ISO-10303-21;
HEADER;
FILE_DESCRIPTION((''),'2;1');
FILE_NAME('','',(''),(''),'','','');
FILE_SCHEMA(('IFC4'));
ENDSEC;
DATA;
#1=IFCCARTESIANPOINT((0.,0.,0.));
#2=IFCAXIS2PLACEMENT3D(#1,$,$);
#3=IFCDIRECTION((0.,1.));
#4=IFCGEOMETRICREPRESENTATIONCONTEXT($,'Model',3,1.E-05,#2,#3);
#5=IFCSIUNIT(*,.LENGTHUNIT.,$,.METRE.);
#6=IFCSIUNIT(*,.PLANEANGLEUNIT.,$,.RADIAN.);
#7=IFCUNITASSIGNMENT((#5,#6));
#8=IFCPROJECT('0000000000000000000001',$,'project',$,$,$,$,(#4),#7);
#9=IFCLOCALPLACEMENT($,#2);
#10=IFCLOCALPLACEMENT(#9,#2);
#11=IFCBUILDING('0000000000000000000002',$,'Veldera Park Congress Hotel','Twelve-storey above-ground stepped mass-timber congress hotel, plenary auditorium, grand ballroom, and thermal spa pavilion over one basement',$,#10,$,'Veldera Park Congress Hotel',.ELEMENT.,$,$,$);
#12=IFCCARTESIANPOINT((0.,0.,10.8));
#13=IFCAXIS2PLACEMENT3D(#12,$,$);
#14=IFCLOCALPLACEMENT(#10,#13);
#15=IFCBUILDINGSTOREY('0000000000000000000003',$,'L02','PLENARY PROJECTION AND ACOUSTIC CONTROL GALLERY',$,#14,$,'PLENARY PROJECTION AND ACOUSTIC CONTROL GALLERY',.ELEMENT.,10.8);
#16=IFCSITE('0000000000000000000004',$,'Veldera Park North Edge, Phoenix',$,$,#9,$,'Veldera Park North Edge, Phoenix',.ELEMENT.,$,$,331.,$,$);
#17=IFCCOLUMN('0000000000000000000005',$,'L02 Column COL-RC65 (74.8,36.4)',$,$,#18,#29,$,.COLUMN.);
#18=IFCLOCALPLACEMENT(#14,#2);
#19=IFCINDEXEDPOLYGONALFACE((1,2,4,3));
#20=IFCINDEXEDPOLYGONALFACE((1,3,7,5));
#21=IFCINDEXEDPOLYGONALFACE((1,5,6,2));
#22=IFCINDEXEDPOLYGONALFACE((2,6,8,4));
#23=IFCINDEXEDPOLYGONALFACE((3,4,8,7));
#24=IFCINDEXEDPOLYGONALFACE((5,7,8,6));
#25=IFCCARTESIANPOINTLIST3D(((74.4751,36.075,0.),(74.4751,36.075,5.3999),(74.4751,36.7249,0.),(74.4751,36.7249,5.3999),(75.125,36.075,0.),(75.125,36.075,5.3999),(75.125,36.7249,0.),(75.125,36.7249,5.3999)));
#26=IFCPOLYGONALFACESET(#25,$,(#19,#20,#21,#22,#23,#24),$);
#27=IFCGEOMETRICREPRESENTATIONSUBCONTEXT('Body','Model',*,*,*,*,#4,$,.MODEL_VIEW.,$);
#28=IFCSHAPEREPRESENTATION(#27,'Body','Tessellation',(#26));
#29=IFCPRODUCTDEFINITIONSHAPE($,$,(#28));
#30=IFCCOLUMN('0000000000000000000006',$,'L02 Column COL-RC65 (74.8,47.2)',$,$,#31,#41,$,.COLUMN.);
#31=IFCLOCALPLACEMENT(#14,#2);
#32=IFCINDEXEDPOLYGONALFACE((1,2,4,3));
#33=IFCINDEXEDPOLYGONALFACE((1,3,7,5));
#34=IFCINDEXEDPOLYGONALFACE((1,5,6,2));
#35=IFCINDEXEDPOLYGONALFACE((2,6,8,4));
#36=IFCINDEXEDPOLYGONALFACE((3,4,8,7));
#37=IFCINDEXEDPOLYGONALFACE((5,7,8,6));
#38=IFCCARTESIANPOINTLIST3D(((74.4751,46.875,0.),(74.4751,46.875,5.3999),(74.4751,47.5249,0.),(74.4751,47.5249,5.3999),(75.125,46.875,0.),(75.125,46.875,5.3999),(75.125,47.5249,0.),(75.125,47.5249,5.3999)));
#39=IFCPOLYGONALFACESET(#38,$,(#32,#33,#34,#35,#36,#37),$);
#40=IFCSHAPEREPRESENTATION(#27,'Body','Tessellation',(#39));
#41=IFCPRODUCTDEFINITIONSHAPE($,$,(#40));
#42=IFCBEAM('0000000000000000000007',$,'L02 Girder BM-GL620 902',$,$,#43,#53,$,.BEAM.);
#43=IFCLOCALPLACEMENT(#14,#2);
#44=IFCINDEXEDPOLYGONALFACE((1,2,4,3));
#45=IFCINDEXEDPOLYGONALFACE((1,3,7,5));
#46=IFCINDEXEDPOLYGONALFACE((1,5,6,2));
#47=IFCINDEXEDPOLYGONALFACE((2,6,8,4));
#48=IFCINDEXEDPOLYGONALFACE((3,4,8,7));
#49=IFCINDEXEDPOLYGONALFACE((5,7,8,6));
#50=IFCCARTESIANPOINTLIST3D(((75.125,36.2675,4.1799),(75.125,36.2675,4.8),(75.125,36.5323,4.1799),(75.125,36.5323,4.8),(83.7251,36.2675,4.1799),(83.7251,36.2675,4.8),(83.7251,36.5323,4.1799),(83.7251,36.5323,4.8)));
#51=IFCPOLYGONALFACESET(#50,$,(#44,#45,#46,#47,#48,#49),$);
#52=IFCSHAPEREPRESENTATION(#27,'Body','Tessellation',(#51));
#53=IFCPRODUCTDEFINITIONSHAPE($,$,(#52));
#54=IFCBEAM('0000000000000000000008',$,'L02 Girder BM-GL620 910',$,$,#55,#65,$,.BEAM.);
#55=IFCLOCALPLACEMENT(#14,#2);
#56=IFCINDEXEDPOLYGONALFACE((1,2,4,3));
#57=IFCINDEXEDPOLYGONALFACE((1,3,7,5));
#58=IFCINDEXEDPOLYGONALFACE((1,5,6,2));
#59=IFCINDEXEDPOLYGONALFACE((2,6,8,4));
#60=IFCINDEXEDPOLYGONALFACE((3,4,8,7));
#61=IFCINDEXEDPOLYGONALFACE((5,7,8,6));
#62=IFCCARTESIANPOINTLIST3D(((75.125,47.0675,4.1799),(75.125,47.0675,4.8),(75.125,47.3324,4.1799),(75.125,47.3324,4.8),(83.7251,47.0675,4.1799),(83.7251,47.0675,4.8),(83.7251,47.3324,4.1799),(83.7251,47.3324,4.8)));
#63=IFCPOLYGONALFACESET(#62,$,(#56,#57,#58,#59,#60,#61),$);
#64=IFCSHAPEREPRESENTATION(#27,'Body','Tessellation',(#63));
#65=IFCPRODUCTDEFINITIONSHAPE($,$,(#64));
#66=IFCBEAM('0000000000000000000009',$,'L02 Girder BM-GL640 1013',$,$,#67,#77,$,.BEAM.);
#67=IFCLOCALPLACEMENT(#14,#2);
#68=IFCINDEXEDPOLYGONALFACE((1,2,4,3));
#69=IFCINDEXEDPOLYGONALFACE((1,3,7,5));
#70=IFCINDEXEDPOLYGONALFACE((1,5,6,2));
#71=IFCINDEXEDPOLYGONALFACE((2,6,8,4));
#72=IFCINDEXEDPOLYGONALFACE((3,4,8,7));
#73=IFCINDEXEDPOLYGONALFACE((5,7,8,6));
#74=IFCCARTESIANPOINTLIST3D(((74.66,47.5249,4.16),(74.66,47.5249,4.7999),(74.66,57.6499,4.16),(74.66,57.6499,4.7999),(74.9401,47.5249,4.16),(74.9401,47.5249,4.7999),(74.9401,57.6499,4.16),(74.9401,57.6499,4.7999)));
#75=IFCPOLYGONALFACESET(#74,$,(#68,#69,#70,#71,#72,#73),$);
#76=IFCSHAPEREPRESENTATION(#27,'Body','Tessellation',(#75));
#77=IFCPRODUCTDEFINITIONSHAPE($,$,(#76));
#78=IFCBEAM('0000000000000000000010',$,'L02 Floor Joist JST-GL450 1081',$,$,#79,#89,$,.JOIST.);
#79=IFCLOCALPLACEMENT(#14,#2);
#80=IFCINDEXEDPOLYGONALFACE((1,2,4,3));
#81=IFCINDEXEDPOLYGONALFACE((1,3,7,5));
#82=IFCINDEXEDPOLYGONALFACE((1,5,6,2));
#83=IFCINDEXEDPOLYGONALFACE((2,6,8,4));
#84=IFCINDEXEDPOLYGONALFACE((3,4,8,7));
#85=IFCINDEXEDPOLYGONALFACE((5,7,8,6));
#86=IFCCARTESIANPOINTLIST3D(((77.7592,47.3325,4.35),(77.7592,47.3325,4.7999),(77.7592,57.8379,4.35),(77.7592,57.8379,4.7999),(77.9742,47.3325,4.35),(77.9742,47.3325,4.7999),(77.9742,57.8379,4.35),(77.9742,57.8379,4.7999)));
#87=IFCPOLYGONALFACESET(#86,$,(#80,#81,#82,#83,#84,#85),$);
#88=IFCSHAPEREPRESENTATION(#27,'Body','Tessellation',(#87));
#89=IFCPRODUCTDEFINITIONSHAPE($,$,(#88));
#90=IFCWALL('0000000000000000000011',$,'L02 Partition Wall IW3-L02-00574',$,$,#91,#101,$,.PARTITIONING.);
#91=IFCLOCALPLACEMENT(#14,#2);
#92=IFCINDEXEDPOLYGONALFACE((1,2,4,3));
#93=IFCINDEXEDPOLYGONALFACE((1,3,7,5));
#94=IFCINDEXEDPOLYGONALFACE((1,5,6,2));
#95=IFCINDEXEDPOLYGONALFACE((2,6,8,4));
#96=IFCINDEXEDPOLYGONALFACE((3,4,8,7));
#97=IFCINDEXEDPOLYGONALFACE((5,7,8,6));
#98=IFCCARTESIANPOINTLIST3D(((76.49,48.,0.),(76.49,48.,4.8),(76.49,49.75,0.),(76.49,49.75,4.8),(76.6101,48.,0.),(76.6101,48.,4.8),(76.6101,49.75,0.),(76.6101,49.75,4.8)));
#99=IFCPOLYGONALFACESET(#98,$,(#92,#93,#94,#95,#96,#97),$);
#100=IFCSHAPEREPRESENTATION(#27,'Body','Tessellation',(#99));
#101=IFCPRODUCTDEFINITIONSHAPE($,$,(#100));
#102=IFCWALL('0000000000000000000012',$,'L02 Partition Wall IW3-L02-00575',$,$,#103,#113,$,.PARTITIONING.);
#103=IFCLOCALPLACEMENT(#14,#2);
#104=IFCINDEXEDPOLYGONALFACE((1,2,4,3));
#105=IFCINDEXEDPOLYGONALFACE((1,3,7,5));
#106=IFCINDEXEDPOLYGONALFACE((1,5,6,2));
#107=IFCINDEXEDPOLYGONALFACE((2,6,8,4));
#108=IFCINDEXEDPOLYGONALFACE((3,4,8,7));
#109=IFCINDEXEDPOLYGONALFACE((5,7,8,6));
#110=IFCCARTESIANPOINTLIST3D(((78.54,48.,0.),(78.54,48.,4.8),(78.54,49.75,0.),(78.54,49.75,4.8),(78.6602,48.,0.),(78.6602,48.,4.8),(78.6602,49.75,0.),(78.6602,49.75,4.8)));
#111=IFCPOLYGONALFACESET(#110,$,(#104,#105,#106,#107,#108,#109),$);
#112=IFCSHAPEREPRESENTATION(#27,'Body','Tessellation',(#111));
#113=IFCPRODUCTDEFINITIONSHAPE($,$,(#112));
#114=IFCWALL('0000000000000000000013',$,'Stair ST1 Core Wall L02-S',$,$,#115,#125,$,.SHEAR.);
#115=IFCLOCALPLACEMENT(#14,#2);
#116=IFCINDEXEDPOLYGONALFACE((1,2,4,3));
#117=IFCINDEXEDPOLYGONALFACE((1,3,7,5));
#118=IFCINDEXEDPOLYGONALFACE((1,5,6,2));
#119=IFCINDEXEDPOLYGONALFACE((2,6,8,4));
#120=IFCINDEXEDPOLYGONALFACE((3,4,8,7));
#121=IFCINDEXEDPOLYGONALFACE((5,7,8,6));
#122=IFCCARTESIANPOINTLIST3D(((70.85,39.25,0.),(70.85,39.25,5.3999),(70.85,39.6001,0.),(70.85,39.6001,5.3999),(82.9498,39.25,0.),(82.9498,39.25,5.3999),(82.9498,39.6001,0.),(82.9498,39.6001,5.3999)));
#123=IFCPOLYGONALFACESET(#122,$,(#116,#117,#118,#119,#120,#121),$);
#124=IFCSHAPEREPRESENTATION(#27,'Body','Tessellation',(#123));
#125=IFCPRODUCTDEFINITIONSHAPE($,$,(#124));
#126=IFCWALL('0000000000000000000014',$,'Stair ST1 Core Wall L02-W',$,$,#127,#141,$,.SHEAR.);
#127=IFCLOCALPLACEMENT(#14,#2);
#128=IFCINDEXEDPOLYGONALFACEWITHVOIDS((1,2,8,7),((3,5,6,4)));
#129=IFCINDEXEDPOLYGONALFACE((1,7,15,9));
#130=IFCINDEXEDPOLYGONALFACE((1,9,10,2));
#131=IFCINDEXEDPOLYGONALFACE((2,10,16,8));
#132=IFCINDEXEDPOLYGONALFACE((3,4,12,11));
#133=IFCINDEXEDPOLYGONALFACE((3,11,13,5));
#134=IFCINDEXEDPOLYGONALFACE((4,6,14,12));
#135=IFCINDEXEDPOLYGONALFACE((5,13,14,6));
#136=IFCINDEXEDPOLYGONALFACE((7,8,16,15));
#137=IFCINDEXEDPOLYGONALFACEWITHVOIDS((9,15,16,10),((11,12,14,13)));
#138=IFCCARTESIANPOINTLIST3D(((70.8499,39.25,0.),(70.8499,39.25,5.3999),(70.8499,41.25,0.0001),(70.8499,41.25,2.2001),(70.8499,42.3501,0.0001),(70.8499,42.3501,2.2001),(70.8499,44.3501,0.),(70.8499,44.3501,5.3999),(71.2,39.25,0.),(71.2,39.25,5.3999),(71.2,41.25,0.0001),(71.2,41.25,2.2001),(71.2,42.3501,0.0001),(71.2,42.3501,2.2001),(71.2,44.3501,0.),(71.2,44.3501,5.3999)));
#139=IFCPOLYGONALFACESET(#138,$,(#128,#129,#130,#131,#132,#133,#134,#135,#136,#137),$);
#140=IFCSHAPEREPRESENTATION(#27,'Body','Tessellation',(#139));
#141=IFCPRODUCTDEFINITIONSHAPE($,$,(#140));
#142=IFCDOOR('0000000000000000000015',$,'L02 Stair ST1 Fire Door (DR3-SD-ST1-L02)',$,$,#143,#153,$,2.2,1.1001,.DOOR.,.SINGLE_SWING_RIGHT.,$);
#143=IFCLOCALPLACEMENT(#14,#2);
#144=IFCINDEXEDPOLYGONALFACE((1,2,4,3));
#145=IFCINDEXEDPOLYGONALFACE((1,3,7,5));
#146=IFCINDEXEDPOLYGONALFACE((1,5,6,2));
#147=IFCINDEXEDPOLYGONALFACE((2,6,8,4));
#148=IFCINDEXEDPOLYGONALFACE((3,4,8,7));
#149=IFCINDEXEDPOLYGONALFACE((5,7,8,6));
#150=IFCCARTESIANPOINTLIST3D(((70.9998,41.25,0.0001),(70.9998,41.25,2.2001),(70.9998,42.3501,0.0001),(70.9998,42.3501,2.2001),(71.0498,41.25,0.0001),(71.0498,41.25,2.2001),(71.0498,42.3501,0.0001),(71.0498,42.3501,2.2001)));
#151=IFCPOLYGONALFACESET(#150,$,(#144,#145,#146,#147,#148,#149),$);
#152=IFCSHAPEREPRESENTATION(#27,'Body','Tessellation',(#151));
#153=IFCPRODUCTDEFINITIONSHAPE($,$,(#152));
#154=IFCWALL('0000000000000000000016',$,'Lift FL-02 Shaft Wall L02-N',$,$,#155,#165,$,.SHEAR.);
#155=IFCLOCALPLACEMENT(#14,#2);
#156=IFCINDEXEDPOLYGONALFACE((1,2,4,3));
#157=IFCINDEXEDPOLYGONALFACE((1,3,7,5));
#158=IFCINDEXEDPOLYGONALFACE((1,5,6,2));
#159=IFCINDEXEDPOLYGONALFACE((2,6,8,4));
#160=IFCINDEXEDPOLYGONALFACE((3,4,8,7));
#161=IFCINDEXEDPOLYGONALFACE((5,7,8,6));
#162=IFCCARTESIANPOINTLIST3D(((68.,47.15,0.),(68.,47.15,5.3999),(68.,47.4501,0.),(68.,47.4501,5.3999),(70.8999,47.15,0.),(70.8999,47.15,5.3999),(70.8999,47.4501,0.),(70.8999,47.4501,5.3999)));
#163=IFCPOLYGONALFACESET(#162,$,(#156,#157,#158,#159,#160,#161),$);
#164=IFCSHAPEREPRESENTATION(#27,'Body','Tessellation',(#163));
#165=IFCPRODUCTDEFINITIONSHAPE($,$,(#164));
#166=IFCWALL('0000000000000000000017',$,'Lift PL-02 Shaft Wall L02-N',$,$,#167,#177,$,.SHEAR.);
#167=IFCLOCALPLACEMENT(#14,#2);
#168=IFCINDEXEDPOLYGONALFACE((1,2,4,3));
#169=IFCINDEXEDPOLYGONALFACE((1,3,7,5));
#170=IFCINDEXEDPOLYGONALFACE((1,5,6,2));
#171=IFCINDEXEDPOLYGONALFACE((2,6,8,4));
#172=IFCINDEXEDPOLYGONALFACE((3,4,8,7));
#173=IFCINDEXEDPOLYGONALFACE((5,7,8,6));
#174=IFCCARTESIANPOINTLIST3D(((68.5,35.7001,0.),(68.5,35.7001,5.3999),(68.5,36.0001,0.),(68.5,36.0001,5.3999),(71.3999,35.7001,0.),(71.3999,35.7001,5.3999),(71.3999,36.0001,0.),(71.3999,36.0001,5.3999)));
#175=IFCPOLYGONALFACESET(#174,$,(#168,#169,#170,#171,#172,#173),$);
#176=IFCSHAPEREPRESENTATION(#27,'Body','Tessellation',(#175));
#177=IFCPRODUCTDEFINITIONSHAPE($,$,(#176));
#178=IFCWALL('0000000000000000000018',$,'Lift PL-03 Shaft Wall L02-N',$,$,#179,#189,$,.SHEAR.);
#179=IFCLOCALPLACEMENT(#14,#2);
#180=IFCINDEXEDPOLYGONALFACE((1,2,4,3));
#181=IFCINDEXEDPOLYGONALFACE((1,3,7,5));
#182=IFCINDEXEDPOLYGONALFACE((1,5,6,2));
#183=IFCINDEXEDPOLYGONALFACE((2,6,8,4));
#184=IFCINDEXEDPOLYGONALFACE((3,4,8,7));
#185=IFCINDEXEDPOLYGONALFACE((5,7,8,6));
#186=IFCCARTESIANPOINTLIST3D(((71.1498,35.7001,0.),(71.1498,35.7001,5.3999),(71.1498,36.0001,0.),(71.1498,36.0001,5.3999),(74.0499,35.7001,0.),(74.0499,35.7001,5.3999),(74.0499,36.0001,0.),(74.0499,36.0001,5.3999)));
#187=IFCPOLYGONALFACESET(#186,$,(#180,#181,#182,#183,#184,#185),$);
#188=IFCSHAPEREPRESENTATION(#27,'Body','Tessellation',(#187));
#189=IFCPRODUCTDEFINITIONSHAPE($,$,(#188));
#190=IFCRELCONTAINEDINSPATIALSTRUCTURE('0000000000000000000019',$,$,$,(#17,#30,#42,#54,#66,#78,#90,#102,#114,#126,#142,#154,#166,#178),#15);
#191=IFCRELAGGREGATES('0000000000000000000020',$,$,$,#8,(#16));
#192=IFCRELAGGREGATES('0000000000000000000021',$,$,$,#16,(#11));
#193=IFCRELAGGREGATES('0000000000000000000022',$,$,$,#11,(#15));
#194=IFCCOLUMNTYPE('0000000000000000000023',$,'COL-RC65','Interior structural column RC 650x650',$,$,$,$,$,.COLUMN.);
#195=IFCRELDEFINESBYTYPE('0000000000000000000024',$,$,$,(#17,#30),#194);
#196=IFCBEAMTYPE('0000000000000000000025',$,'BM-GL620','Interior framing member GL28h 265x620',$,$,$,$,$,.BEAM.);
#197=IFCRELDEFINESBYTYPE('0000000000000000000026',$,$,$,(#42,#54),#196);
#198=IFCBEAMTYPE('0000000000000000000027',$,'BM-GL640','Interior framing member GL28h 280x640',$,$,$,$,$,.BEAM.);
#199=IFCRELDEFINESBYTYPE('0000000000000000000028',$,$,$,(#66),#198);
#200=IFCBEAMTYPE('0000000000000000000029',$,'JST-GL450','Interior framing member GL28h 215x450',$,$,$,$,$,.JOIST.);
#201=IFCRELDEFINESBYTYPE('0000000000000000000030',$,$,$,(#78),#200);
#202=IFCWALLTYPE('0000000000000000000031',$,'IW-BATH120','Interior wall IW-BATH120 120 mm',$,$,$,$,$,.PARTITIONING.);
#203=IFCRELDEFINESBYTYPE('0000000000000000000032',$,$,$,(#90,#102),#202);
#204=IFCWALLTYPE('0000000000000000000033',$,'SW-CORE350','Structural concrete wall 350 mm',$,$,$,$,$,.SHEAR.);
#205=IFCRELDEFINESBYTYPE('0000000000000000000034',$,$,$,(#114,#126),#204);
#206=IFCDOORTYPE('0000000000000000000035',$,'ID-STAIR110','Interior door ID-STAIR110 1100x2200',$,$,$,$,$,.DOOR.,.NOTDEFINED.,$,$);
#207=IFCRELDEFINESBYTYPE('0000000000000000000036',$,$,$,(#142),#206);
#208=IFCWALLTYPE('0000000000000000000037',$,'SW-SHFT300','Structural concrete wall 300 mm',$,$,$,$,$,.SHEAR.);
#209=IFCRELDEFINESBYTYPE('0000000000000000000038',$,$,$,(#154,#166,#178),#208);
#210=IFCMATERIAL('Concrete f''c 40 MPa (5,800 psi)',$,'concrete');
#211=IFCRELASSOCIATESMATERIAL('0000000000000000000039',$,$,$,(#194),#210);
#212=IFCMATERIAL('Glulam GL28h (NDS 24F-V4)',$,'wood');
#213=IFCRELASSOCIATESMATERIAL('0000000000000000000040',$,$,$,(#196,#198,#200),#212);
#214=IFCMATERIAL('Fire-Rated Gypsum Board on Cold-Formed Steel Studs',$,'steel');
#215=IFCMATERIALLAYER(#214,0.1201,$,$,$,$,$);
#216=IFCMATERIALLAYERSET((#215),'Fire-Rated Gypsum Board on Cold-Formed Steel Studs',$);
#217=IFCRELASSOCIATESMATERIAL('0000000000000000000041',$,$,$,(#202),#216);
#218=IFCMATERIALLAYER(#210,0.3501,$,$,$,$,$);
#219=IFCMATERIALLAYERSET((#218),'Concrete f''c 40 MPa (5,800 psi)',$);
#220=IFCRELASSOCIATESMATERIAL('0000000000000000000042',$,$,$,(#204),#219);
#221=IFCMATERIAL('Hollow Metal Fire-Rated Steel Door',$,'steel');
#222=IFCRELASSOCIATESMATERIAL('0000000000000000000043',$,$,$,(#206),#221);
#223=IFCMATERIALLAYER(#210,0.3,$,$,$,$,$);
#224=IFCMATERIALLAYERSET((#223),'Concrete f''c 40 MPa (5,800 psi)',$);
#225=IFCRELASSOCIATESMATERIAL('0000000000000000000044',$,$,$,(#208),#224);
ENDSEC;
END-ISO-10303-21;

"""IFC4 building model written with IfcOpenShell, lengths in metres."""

from ifc_helpers import new_model, si_unit, direction, frame, frame_2d, origin, origin_2d, place, context, subcontext, project, spatial, rectangle, extrude, material, layer, layer_set, material_profile, profile_set, type_object, element, fill, save


model = new_model("IFC4")

# Units and contexts
model_context = context("Model", 3, precision=1e-05, world=origin(), true_north=direction((0.0, 1.0)))
body_context = subcontext(model_context, "Body", "Model", "MODEL_VIEW")
ifc_project = project(units=[si_unit("LENGTHUNIT", "METRE"), si_unit("PLANEANGLEUNIT", "RADIAN")], contexts=[model_context])

# Site, building, storey
site_placement = place(None, origin())
site = spatial("IfcSite", under=ifc_project, at=site_placement, Name="Veldera Park North Edge, Phoenix", LongName="Veldera Park North Edge, Phoenix", CompositionType="ELEMENT", RefElevation=331.0)
building_placement = place(site_placement, origin())
building = spatial("IfcBuilding", under=site, at=building_placement, Name="Veldera Park Congress Hotel", Description="Twelve-storey above-ground stepped mass-timber congress hotel, plenary auditorium, grand ballroom, and thermal spa pavilion over one basement", LongName="Veldera Park Congress Hotel", CompositionType="ELEMENT")
storey_placement = place(building_placement, frame((0.0, 0.0, 10.8)))
storey = spatial("IfcBuildingStorey", under=building, at=storey_placement, Name="L02", Description="PLENARY PROJECTION AND ACOUSTIC CONTROL GALLERY", LongName="PLENARY PROJECTION AND ACOUSTIC CONTROL GALLERY", CompositionType="ELEMENT", Elevation=10.8)

# Columns
ifc_material_1 = material(Name="Concrete f'c 40 MPa (5,800 psi)", Category="concrete")
ifc_material_profile_1 = material_profile(ifc_material_1, rectangle(XDim=0.6499, YDim=0.6499, at=origin_2d()), Name="RC 650x650")
ifc_profile_set_1 = profile_set([ifc_material_profile_1], Name="Concrete f'c 40 MPa (5,800 psi)")
column_type = type_object("IfcColumnType", Name="COL-RC65", Description="Interior structural column RC 650x650", PredefinedType="COLUMN", material=ifc_profile_set_1)
for number, where, z_axis, x_axis, name in (
    (1, (74.8, 36.3999, 0.0), (0.0, 0.0, 1.0), (1.0, 0.0, 0.0), "L02 Column COL-RC65 (74.8,36.4)"),
    (2, (74.8, 47.2, 0.0), (0.0, 0.0, 1.0), (1.0, 0.0, 0.0), "L02 Column COL-RC65 (74.8,47.2)"),
):
    element("IfcColumn", number, at=place(storey_placement, frame(where, z_axis=z_axis, x_axis=x_axis)), inside=storey, type_object=column_type, Name=name, PredefinedType="COLUMN", context=body_context, shape_type="SweptSolid", body=[
        extrude(rectangle(XDim=0.6499, YDim=0.6499, at=origin_2d()), origin(), (0.0, 0.0, 1.0), 5.3999),
    ])

# Beams
ifc_material_2 = material(Name="Glulam GL28h (NDS 24F-V4)", Category="wood")
ifc_material_profile_2 = material_profile(ifc_material_2, rectangle(XDim=0.2649, YDim=0.6201, at=origin_2d()), Name="GL28h 265x620")
ifc_profile_set_2 = profile_set([ifc_material_profile_2], Name="Glulam GL28h (NDS 24F-V4)")
beam_type_1 = type_object("IfcBeamType", Name="BM-GL620", Description="Interior framing member GL28h 265x620", PredefinedType="BEAM", material=ifc_profile_set_2)
for number, where, z_axis, x_axis, name in (
    (3, (75.125, 36.3999, 4.49), (1.0, 0.0, 0.0), (0.0, 1.0, 0.0), "L02 Girder BM-GL620 902"),
    (4, (75.125, 47.2, 4.49), (1.0, 0.0, 0.0), (0.0, 1.0, 0.0), "L02 Girder BM-GL620 910"),
):
    element("IfcBeam", number, at=place(storey_placement, frame(where, z_axis=z_axis, x_axis=x_axis)), inside=storey, type_object=beam_type_1, Name=name, PredefinedType="BEAM", context=body_context, shape_type="SweptSolid", body=[
        extrude(rectangle(XDim=0.2649, YDim=0.6201, at=origin_2d()), origin(), (0.0, 0.0, 1.0), 8.6001),
    ])
ifc_material_profile_3 = material_profile(ifc_material_2, rectangle(XDim=0.28, YDim=0.6399, at=origin_2d()), Name="GL28h 280x640")
ifc_profile_set_3 = profile_set([ifc_material_profile_3], Name="Glulam GL28h (NDS 24F-V4)")
beam_type_2 = type_object("IfcBeamType", Name="BM-GL640", Description="Interior framing member GL28h 280x640", PredefinedType="BEAM", material=ifc_profile_set_3)
beam_1_placement = place(storey_placement, frame((74.8, 47.5249, 4.48), z_axis=(0.0, 1.0, 0.0), x_axis=(-1.0, 0.0, 0.0)))
element("IfcBeam", 5, at=beam_1_placement, inside=storey, type_object=beam_type_2, Name="L02 Girder BM-GL640 1013", PredefinedType="BEAM", context=body_context, shape_type="SweptSolid", body=[
    extrude(rectangle(XDim=0.28, YDim=0.6399, at=origin_2d()), origin(), (0.0, 0.0, 1.0), 10.125),
])
ifc_material_profile_4 = material_profile(ifc_material_2, rectangle(XDim=0.2151, YDim=0.45, at=origin_2d()), Name="GL28h 215x450")
ifc_profile_set_4 = profile_set([ifc_material_profile_4], Name="Glulam GL28h (NDS 24F-V4)")
beam_type_3 = type_object("IfcBeamType", Name="JST-GL450", Description="Interior framing member GL28h 215x450", PredefinedType="JOIST", material=ifc_profile_set_4)
beam_2_placement = place(storey_placement, frame((77.8667, 47.3325, 4.575), z_axis=(0.0, 1.0, 0.0), x_axis=(-1.0, 0.0, 0.0)))
element("IfcBeam", 6, at=beam_2_placement, inside=storey, type_object=beam_type_3, Name="L02 Floor Joist JST-GL450 1081", PredefinedType="JOIST", context=body_context, shape_type="SweptSolid", body=[
    extrude(rectangle(XDim=0.2151, YDim=0.45, at=origin_2d()), origin(), (0.0, 0.0, 1.0), 10.5054),
])

# Walls
ifc_material_3 = material(Name="Fire-Rated Gypsum Board on Cold-Formed Steel Studs", Category="steel")
ifc_layer_1 = layer(ifc_material_3, 0.1201)
ifc_layer_set_1 = layer_set([ifc_layer_1], Name="Fire-Rated Gypsum Board on Cold-Formed Steel Studs")
wall_type_1 = type_object("IfcWallType", Name="IW-BATH120", Description="Interior wall IW-BATH120 120 mm", PredefinedType="PARTITIONING", material=ifc_layer_set_1)
for number, where, z_axis, x_axis, name in (
    (7, (76.55, 48.0, 0.0), (0.0, 0.0, 1.0), (0.0, 1.0, 0.0), "L02 Partition Wall IW3-L02-00574"),
    (8, (78.6001, 48.0, 0.0), (0.0, 0.0, 1.0), (0.0, 1.0, 0.0), "L02 Partition Wall IW3-L02-00575"),
):
    element("IfcWall", number, at=place(storey_placement, frame(where, z_axis=z_axis, x_axis=x_axis)), inside=storey, type_object=wall_type_1, Name=name, PredefinedType="PARTITIONING", context=body_context, shape_type="SweptSolid", body=[
        extrude(rectangle(XDim=1.75, YDim=0.1201, at=frame_2d((0.875, 0.0))), origin(), (0.0, 0.0, 1.0), 4.8),
    ])

# Wall
ifc_layer_2 = layer(ifc_material_1, 0.3501)
ifc_layer_set_2 = layer_set([ifc_layer_2], Name="Concrete f'c 40 MPa (5,800 psi)")
wall_type_2 = type_object("IfcWallType", Name="SW-CORE350", Description="Structural concrete wall 350 mm", PredefinedType="SHEAR", material=ifc_layer_set_2)
wall_1_placement = place(storey_placement, frame((70.8501, 39.425, 0.0), z_axis=(0.0, 0.0, 1.0), x_axis=(1.0, 0.0, 0.0)))
element("IfcWall", 9, at=wall_1_placement, inside=storey, type_object=wall_type_2, Name="Stair ST1 Core Wall L02-S", PredefinedType="SHEAR", context=body_context, shape_type="SweptSolid", body=[
    extrude(rectangle(XDim=12.0999, YDim=0.3501, at=frame_2d((6.0498, 0.0))), origin(), (0.0, 0.0, 1.0), 5.3999),
])

# Wall, opening, door
wall_2_placement = place(storey_placement, frame((71.0249, 44.3501, 0.0), z_axis=(0.0, 0.0, 1.0), x_axis=(0.0, -1.0, 0.0)))
wall_2 = element("IfcWall", 10, at=wall_2_placement, inside=storey, type_object=wall_type_2, Name="Stair ST1 Core Wall L02-W", PredefinedType="SHEAR", context=body_context, shape_type="SweptSolid", body=[
    extrude(rectangle(XDim=5.1001, YDim=0.3501, at=frame_2d((2.55, 0.0))), origin(), (0.0, 0.0, 1.0), 5.3999),
])
opening_1_placement = place(wall_2_placement, frame((2.0, 0.0, 0.0)))
opening_1 = element("IfcOpeningElement", 11, at=opening_1_placement, cuts=wall_2, PredefinedType="OPENING", context=body_context, shape_type="SweptSolid", body=[
    extrude(rectangle(XDim=1.1001, YDim=2.2, at=frame_2d((0.55, 1.1001))), frame((0.0, 0.187, 0.0), z_axis=(0.0, -1.0, 0.0), x_axis=(1.0, 0.0, 0.0)), (0.0, 0.0, 1.0), 0.374),
])
ifc_material_4 = material(Name="Hollow Metal Fire-Rated Steel Door", Category="steel")
door_type_1 = type_object("IfcDoorType", Name="ID-STAIR110", Description="Interior door ID-STAIR110 1100x2200", OperationType="NOTDEFINED", PredefinedType="DOOR", material=ifc_material_4)
door_1_placement = place(opening_1_placement, origin())
door_1 = element("IfcDoor", 12, at=door_1_placement, inside=storey, type_object=door_type_1, Name="L02 Stair ST1 Fire Door (DR3-SD-ST1-L02)", OperationType="SINGLE_SWING_RIGHT", OverallHeight=2.2, OverallWidth=1.1001, PredefinedType="DOOR", context=body_context, shape_type="SweptSolid", body=[
    extrude(rectangle(XDim=1.1001, YDim=2.2, at=frame_2d((0.55, 1.1001))), frame((0.0, 0.0249, 0.0), z_axis=(0.0, -1.0, 0.0), x_axis=(1.0, 0.0, 0.0)), (0.0, 0.0, 1.0), 0.05),
])
fill(opening_1, door_1)

# Walls
ifc_layer_3 = layer(ifc_material_1, 0.3)
ifc_layer_set_3 = layer_set([ifc_layer_3], Name="Concrete f'c 40 MPa (5,800 psi)")
wall_type_3 = type_object("IfcWallType", Name="SW-SHFT300", Description="Structural concrete wall 300 mm", PredefinedType="SHEAR", material=ifc_layer_set_3)
for number, where, z_axis, x_axis, name in (
    (13, (70.8999, 47.3, 0.0), (0.0, 0.0, 1.0), (-1.0, 0.0, 0.0), "Lift FL-02 Shaft Wall L02-N"),
    (14, (71.3999, 35.8501, 0.0), (0.0, 0.0, 1.0), (-1.0, 0.0, 0.0), "Lift PL-02 Shaft Wall L02-N"),
):
    element("IfcWall", number, at=place(storey_placement, frame(where, z_axis=z_axis, x_axis=x_axis)), inside=storey, type_object=wall_type_3, Name=name, PredefinedType="SHEAR", context=body_context, shape_type="SweptSolid", body=[
        extrude(rectangle(XDim=2.8999, YDim=0.3, at=frame_2d((1.45, 0.0))), origin(), (0.0, 0.0, 1.0), 5.3999),
    ])
wall_3_placement = place(storey_placement, frame((74.05, 35.8501, 0.0), z_axis=(0.0, 0.0, 1.0), x_axis=(-1.0, 0.0, 0.0)))
element("IfcWall", 15, at=wall_3_placement, inside=storey, type_object=wall_type_3, Name="Lift PL-03 Shaft Wall L02-N", PredefinedType="SHEAR", context=body_context, shape_type="SweptSolid", body=[
    extrude(rectangle(XDim=2.9001, YDim=0.3, at=frame_2d((1.4502, 0.0))), origin(), (0.0, 0.0, 1.0), 5.3999),
])

save(model, "model.ifc")
